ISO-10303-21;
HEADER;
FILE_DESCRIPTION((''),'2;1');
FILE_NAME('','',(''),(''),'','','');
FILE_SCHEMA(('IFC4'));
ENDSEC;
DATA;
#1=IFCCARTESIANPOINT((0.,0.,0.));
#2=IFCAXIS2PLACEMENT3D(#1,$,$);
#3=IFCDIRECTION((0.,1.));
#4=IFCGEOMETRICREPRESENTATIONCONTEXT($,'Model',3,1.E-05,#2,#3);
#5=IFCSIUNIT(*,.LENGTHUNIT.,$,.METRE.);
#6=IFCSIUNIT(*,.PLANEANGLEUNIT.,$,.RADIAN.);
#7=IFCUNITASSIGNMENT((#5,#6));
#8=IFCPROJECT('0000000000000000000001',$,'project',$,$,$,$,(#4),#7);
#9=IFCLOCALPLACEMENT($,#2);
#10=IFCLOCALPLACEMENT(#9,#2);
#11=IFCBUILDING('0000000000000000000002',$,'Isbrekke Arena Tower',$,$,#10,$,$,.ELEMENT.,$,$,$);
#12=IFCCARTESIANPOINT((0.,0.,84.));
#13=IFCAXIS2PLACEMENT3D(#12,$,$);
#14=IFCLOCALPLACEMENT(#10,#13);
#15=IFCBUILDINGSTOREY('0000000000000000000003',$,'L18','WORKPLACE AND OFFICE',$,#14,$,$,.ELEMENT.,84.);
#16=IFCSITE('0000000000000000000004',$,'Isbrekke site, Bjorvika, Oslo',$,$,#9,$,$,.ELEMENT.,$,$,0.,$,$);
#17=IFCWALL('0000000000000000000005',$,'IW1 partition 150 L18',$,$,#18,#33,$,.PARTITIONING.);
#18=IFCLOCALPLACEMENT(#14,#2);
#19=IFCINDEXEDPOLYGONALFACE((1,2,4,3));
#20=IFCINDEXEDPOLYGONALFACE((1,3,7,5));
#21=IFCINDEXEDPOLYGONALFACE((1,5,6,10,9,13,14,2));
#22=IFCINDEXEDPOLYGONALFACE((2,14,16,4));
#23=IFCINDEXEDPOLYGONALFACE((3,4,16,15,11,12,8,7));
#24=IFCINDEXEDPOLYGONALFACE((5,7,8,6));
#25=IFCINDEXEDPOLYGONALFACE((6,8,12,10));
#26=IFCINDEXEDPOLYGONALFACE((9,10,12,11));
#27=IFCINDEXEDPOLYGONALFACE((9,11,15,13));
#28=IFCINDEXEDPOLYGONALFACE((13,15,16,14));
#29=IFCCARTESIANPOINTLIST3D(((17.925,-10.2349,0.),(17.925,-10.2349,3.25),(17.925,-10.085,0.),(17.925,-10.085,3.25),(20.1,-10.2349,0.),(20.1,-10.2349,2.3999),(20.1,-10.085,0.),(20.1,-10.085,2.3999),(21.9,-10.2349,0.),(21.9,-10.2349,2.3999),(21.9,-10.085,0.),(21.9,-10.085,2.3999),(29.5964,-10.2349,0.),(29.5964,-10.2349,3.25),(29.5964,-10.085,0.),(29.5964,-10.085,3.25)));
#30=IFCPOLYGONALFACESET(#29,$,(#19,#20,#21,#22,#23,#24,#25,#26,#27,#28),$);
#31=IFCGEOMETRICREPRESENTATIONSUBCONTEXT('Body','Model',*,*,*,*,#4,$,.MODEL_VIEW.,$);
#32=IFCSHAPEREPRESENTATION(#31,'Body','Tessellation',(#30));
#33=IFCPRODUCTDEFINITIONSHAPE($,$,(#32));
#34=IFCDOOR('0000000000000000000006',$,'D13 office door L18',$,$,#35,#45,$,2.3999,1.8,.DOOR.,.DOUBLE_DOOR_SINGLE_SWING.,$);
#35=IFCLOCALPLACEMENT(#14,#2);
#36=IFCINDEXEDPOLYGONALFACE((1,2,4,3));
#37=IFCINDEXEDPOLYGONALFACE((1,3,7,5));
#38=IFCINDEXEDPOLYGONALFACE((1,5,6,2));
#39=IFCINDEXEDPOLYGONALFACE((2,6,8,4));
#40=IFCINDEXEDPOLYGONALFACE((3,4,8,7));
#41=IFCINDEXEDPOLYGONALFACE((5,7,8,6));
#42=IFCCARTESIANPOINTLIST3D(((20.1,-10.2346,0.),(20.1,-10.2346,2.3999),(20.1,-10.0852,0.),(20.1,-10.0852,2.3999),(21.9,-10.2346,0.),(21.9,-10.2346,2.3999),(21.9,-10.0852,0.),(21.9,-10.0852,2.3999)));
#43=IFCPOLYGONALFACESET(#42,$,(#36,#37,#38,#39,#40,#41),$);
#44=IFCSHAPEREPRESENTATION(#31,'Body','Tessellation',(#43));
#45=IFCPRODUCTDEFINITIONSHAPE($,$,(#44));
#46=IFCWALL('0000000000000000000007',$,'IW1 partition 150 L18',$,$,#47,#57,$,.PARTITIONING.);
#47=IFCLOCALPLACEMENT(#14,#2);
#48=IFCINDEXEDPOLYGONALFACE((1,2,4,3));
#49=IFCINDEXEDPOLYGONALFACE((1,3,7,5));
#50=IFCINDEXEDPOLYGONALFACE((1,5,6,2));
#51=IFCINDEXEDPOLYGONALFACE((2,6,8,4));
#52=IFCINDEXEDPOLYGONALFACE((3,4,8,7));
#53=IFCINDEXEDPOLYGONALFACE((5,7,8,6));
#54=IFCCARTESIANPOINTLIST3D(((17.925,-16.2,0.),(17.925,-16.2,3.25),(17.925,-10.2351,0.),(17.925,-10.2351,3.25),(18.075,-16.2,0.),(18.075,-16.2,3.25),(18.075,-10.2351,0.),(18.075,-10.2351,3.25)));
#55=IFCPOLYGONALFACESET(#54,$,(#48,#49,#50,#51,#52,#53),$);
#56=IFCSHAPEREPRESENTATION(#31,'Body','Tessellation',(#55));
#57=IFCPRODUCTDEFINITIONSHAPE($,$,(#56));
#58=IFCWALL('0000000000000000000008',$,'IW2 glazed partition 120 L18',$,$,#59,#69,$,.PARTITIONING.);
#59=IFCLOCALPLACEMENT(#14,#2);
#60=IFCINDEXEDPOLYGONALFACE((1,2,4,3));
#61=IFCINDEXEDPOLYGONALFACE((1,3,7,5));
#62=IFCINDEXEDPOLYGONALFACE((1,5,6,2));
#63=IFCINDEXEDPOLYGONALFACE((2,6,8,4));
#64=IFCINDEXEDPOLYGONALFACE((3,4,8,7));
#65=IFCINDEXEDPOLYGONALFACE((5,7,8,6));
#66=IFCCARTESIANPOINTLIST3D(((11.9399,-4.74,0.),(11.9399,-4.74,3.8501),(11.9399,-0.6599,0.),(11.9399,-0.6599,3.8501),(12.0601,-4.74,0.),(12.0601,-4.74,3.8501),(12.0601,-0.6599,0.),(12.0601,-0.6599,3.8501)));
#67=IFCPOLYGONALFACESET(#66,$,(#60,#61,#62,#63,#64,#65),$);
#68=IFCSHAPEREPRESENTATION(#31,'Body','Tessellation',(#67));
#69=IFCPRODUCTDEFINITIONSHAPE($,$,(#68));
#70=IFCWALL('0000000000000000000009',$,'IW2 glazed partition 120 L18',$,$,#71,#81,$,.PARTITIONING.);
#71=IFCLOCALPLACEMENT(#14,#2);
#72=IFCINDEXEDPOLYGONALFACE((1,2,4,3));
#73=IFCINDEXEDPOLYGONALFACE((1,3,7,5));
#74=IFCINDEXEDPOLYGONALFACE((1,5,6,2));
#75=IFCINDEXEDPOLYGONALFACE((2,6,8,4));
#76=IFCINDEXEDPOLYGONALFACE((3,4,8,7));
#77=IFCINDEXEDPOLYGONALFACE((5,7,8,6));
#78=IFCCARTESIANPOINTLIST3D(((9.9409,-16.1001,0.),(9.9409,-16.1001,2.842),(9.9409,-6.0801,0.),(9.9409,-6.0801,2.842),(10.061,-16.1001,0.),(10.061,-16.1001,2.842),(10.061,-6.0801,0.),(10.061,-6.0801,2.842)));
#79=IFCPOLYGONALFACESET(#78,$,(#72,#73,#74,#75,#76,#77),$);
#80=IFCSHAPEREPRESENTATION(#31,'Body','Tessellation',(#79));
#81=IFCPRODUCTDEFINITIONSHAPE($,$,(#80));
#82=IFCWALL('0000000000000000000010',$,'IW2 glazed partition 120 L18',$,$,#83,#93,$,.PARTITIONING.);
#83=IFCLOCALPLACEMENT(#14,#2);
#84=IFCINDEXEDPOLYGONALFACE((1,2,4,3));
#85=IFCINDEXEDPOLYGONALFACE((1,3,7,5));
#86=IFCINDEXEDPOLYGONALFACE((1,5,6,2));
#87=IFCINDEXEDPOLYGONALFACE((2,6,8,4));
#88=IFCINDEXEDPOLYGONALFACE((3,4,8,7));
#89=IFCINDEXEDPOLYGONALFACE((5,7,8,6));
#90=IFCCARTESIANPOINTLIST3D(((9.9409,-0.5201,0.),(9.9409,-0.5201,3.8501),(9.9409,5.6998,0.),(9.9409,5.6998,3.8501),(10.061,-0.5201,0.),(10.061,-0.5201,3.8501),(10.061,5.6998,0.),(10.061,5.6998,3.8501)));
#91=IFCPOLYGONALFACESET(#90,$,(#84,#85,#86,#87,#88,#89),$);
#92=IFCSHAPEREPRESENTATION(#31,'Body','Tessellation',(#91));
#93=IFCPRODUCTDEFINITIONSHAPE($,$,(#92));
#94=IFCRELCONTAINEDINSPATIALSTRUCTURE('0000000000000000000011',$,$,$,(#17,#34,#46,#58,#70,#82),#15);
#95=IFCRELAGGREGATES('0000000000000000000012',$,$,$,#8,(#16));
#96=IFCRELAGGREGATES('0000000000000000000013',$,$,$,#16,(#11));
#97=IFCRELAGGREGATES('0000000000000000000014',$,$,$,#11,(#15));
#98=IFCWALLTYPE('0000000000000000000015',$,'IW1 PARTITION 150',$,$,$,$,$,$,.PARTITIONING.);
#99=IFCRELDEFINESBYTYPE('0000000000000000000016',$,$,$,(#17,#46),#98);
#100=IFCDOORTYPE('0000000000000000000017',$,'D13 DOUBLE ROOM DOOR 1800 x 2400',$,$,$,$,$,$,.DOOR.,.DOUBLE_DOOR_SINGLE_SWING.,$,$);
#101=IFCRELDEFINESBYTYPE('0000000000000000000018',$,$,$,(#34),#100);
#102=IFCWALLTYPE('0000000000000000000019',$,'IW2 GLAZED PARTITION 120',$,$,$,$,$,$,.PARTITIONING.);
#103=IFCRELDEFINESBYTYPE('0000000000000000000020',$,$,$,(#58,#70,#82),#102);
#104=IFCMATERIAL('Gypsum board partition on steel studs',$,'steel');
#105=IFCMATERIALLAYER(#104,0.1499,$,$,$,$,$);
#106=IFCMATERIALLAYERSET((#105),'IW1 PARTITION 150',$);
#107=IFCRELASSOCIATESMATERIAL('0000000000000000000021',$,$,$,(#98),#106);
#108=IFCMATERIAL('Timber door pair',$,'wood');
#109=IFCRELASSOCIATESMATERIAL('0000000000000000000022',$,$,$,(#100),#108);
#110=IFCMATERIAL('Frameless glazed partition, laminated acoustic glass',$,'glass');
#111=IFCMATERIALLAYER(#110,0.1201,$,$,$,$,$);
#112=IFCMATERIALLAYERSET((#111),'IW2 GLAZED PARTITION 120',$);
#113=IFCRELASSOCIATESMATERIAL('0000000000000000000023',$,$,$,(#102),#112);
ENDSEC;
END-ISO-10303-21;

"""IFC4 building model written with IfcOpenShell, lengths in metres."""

from ifc_helpers import new_model, si_unit, direction, frame, frame_2d, origin, place, context, subcontext, project, spatial, rectangle, extrude, material, layer, layer_set, type_object, element, fill, save


model = new_model("IFC4")

# Units and contexts
model_context = context("Model", 3, precision=1e-05, world=origin(), true_north=direction((0.0, 1.0)))
body_context = subcontext(model_context, "Body", "Model", "MODEL_VIEW")
ifc_project = project(units=[si_unit("LENGTHUNIT", "METRE"), si_unit("PLANEANGLEUNIT", "RADIAN")], contexts=[model_context])

# Site, building, storey
site_placement = place(None, origin())
site = spatial("IfcSite", under=ifc_project, at=site_placement, Name="Isbrekke site, Bjorvika, Oslo", CompositionType="ELEMENT", RefElevation=0.0)
building_placement = place(site_placement, origin())
building = spatial("IfcBuilding", under=site, at=building_placement, Name="Isbrekke Arena Tower", CompositionType="ELEMENT")
storey_placement = place(building_placement, frame((0.0, 0.0, 84.0)))
storey = spatial("IfcBuildingStorey", under=building, at=storey_placement, Name="L18", Description="WORKPLACE AND OFFICE", CompositionType="ELEMENT", Elevation=84.0)

# Wall, opening, door
ifc_material_1 = material(Name="Gypsum board partition on steel studs", Category="steel")
ifc_layer_1 = layer(ifc_material_1, 0.1499)
ifc_layer_set_1 = layer_set([ifc_layer_1], Name="IW1 PARTITION 150")
wall_type_1 = type_object("IfcWallType", Name="IW1 PARTITION 150", PredefinedType="PARTITIONING", material=ifc_layer_set_1)
wall_1_placement = place(storey_placement, frame((17.925, -10.1599, 0.0), z_axis=(0.0, 0.0, 1.0), x_axis=(1.0, 0.0, 0.0)))
wall_1 = element("IfcWall", 1, at=wall_1_placement, inside=storey, type_object=wall_type_1, Name="IW1 partition 150 L18", PredefinedType="PARTITIONING", context=body_context, shape_type="SweptSolid", body=[
    extrude(rectangle(XDim=11.6714, YDim=0.1499, at=frame_2d((5.8357, 0.0))), origin(), (0.0, 0.0, 1.0), 3.25),
])
opening_placement = place(wall_1_placement, frame((2.175, 0.0, 0.0)))
opening = element("IfcOpeningElement", 2, at=opening_placement, cuts=wall_1, PredefinedType="OPENING", context=body_context, shape_type="SweptSolid", body=[
    extrude(rectangle(XDim=1.8, YDim=2.3999, at=frame_2d((0.8999, 1.2))), frame((0.0, 0.0898, 0.0), z_axis=(0.0, -1.0, 0.0), x_axis=(1.0, 0.0, 0.0)), (0.0, 0.0, 1.0), 0.1797),
])
ifc_material_2 = material(Name="Timber door pair", Category="wood")
door_type = type_object("IfcDoorType", Name="D13 DOUBLE ROOM DOOR 1800 x 2400", OperationType="DOUBLE_DOOR_SINGLE_SWING", PredefinedType="DOOR", material=ifc_material_2)
door_placement = place(opening_placement, origin())
door = element("IfcDoor", 3, at=door_placement, inside=storey, type_object=door_type, Name="D13 office door L18", OperationType="DOUBLE_DOOR_SINGLE_SWING", OverallHeight=2.3999, OverallWidth=1.8, PredefinedType="DOOR", context=body_context, shape_type="SweptSolid", body=[
    extrude(rectangle(XDim=1.8, YDim=2.3999, at=frame_2d((0.8999, 1.2))), frame((0.0, 0.0747, 0.0), z_axis=(0.0, -1.0, 0.0), x_axis=(1.0, 0.0, 0.0)), (0.0, 0.0, 1.0), 0.1494),
])
fill(opening, door)

# Walls
wall_2_placement = place(storey_placement, frame((18.0, -16.2, 0.0), z_axis=(0.0, 0.0, 1.0), x_axis=(0.0, 1.0, 0.0)))
element("IfcWall", 4, at=wall_2_placement, inside=storey, type_object=wall_type_1, Name="IW1 partition 150 L18", PredefinedType="PARTITIONING", context=body_context, shape_type="SweptSolid", body=[
    extrude(rectangle(XDim=5.9648, YDim=0.1499, at=frame_2d((2.9824, 0.0))), origin(), (0.0, 0.0, 1.0), 3.25),
])
ifc_material_3 = material(Name="Frameless glazed partition, laminated acoustic glass", Category="glass")
ifc_layer_2 = layer(ifc_material_3, 0.1201)
ifc_layer_set_2 = layer_set([ifc_layer_2], Name="IW2 GLAZED PARTITION 120")
wall_type_2 = type_object("IfcWallType", Name="IW2 GLAZED PARTITION 120", PredefinedType="PARTITIONING", material=ifc_layer_set_2)
wall_3_placement = place(storey_placement, frame((12.0, -4.74, 0.0), z_axis=(0.0, 0.0, 1.0), x_axis=(0.0, 1.0, 0.0)))
element("IfcWall", 5, at=wall_3_placement, inside=storey, type_object=wall_type_2, Name="IW2 glazed partition 120 L18", PredefinedType="PARTITIONING", context=body_context, shape_type="SweptSolid", body=[
    extrude(rectangle(XDim=4.0801, YDim=0.1201, at=frame_2d((2.04, 0.0))), origin(), (0.0, 0.0, 1.0), 3.8501),
])
wall_4_placement = place(storey_placement, frame((10.001, -16.1001, 0.0), z_axis=(0.0, 0.0, 1.0), x_axis=(0.0, 1.0, 0.0)))
element("IfcWall", 6, at=wall_4_placement, inside=storey, type_object=wall_type_2, Name="IW2 glazed partition 120 L18", PredefinedType="PARTITIONING", context=body_context, shape_type="SweptSolid", body=[
    extrude(rectangle(XDim=10.02, YDim=0.1201, at=frame_2d((5.01, 0.0))), origin(), (0.0, 0.0, 1.0), 2.842),
])
wall_5_placement = place(storey_placement, frame((10.001, -0.52, 0.0), z_axis=(0.0, 0.0, 1.0), x_axis=(0.0, 1.0, 0.0)))
element("IfcWall", 7, at=wall_5_placement, inside=storey, type_object=wall_type_2, Name="IW2 glazed partition 120 L18", PredefinedType="PARTITIONING", context=body_context, shape_type="SweptSolid", body=[
    extrude(rectangle(XDim=6.22, YDim=0.1201, at=frame_2d((3.1099, 0.0))), origin(), (0.0, 0.0, 1.0), 3.8501),
])

save(model, "model.ifc")
